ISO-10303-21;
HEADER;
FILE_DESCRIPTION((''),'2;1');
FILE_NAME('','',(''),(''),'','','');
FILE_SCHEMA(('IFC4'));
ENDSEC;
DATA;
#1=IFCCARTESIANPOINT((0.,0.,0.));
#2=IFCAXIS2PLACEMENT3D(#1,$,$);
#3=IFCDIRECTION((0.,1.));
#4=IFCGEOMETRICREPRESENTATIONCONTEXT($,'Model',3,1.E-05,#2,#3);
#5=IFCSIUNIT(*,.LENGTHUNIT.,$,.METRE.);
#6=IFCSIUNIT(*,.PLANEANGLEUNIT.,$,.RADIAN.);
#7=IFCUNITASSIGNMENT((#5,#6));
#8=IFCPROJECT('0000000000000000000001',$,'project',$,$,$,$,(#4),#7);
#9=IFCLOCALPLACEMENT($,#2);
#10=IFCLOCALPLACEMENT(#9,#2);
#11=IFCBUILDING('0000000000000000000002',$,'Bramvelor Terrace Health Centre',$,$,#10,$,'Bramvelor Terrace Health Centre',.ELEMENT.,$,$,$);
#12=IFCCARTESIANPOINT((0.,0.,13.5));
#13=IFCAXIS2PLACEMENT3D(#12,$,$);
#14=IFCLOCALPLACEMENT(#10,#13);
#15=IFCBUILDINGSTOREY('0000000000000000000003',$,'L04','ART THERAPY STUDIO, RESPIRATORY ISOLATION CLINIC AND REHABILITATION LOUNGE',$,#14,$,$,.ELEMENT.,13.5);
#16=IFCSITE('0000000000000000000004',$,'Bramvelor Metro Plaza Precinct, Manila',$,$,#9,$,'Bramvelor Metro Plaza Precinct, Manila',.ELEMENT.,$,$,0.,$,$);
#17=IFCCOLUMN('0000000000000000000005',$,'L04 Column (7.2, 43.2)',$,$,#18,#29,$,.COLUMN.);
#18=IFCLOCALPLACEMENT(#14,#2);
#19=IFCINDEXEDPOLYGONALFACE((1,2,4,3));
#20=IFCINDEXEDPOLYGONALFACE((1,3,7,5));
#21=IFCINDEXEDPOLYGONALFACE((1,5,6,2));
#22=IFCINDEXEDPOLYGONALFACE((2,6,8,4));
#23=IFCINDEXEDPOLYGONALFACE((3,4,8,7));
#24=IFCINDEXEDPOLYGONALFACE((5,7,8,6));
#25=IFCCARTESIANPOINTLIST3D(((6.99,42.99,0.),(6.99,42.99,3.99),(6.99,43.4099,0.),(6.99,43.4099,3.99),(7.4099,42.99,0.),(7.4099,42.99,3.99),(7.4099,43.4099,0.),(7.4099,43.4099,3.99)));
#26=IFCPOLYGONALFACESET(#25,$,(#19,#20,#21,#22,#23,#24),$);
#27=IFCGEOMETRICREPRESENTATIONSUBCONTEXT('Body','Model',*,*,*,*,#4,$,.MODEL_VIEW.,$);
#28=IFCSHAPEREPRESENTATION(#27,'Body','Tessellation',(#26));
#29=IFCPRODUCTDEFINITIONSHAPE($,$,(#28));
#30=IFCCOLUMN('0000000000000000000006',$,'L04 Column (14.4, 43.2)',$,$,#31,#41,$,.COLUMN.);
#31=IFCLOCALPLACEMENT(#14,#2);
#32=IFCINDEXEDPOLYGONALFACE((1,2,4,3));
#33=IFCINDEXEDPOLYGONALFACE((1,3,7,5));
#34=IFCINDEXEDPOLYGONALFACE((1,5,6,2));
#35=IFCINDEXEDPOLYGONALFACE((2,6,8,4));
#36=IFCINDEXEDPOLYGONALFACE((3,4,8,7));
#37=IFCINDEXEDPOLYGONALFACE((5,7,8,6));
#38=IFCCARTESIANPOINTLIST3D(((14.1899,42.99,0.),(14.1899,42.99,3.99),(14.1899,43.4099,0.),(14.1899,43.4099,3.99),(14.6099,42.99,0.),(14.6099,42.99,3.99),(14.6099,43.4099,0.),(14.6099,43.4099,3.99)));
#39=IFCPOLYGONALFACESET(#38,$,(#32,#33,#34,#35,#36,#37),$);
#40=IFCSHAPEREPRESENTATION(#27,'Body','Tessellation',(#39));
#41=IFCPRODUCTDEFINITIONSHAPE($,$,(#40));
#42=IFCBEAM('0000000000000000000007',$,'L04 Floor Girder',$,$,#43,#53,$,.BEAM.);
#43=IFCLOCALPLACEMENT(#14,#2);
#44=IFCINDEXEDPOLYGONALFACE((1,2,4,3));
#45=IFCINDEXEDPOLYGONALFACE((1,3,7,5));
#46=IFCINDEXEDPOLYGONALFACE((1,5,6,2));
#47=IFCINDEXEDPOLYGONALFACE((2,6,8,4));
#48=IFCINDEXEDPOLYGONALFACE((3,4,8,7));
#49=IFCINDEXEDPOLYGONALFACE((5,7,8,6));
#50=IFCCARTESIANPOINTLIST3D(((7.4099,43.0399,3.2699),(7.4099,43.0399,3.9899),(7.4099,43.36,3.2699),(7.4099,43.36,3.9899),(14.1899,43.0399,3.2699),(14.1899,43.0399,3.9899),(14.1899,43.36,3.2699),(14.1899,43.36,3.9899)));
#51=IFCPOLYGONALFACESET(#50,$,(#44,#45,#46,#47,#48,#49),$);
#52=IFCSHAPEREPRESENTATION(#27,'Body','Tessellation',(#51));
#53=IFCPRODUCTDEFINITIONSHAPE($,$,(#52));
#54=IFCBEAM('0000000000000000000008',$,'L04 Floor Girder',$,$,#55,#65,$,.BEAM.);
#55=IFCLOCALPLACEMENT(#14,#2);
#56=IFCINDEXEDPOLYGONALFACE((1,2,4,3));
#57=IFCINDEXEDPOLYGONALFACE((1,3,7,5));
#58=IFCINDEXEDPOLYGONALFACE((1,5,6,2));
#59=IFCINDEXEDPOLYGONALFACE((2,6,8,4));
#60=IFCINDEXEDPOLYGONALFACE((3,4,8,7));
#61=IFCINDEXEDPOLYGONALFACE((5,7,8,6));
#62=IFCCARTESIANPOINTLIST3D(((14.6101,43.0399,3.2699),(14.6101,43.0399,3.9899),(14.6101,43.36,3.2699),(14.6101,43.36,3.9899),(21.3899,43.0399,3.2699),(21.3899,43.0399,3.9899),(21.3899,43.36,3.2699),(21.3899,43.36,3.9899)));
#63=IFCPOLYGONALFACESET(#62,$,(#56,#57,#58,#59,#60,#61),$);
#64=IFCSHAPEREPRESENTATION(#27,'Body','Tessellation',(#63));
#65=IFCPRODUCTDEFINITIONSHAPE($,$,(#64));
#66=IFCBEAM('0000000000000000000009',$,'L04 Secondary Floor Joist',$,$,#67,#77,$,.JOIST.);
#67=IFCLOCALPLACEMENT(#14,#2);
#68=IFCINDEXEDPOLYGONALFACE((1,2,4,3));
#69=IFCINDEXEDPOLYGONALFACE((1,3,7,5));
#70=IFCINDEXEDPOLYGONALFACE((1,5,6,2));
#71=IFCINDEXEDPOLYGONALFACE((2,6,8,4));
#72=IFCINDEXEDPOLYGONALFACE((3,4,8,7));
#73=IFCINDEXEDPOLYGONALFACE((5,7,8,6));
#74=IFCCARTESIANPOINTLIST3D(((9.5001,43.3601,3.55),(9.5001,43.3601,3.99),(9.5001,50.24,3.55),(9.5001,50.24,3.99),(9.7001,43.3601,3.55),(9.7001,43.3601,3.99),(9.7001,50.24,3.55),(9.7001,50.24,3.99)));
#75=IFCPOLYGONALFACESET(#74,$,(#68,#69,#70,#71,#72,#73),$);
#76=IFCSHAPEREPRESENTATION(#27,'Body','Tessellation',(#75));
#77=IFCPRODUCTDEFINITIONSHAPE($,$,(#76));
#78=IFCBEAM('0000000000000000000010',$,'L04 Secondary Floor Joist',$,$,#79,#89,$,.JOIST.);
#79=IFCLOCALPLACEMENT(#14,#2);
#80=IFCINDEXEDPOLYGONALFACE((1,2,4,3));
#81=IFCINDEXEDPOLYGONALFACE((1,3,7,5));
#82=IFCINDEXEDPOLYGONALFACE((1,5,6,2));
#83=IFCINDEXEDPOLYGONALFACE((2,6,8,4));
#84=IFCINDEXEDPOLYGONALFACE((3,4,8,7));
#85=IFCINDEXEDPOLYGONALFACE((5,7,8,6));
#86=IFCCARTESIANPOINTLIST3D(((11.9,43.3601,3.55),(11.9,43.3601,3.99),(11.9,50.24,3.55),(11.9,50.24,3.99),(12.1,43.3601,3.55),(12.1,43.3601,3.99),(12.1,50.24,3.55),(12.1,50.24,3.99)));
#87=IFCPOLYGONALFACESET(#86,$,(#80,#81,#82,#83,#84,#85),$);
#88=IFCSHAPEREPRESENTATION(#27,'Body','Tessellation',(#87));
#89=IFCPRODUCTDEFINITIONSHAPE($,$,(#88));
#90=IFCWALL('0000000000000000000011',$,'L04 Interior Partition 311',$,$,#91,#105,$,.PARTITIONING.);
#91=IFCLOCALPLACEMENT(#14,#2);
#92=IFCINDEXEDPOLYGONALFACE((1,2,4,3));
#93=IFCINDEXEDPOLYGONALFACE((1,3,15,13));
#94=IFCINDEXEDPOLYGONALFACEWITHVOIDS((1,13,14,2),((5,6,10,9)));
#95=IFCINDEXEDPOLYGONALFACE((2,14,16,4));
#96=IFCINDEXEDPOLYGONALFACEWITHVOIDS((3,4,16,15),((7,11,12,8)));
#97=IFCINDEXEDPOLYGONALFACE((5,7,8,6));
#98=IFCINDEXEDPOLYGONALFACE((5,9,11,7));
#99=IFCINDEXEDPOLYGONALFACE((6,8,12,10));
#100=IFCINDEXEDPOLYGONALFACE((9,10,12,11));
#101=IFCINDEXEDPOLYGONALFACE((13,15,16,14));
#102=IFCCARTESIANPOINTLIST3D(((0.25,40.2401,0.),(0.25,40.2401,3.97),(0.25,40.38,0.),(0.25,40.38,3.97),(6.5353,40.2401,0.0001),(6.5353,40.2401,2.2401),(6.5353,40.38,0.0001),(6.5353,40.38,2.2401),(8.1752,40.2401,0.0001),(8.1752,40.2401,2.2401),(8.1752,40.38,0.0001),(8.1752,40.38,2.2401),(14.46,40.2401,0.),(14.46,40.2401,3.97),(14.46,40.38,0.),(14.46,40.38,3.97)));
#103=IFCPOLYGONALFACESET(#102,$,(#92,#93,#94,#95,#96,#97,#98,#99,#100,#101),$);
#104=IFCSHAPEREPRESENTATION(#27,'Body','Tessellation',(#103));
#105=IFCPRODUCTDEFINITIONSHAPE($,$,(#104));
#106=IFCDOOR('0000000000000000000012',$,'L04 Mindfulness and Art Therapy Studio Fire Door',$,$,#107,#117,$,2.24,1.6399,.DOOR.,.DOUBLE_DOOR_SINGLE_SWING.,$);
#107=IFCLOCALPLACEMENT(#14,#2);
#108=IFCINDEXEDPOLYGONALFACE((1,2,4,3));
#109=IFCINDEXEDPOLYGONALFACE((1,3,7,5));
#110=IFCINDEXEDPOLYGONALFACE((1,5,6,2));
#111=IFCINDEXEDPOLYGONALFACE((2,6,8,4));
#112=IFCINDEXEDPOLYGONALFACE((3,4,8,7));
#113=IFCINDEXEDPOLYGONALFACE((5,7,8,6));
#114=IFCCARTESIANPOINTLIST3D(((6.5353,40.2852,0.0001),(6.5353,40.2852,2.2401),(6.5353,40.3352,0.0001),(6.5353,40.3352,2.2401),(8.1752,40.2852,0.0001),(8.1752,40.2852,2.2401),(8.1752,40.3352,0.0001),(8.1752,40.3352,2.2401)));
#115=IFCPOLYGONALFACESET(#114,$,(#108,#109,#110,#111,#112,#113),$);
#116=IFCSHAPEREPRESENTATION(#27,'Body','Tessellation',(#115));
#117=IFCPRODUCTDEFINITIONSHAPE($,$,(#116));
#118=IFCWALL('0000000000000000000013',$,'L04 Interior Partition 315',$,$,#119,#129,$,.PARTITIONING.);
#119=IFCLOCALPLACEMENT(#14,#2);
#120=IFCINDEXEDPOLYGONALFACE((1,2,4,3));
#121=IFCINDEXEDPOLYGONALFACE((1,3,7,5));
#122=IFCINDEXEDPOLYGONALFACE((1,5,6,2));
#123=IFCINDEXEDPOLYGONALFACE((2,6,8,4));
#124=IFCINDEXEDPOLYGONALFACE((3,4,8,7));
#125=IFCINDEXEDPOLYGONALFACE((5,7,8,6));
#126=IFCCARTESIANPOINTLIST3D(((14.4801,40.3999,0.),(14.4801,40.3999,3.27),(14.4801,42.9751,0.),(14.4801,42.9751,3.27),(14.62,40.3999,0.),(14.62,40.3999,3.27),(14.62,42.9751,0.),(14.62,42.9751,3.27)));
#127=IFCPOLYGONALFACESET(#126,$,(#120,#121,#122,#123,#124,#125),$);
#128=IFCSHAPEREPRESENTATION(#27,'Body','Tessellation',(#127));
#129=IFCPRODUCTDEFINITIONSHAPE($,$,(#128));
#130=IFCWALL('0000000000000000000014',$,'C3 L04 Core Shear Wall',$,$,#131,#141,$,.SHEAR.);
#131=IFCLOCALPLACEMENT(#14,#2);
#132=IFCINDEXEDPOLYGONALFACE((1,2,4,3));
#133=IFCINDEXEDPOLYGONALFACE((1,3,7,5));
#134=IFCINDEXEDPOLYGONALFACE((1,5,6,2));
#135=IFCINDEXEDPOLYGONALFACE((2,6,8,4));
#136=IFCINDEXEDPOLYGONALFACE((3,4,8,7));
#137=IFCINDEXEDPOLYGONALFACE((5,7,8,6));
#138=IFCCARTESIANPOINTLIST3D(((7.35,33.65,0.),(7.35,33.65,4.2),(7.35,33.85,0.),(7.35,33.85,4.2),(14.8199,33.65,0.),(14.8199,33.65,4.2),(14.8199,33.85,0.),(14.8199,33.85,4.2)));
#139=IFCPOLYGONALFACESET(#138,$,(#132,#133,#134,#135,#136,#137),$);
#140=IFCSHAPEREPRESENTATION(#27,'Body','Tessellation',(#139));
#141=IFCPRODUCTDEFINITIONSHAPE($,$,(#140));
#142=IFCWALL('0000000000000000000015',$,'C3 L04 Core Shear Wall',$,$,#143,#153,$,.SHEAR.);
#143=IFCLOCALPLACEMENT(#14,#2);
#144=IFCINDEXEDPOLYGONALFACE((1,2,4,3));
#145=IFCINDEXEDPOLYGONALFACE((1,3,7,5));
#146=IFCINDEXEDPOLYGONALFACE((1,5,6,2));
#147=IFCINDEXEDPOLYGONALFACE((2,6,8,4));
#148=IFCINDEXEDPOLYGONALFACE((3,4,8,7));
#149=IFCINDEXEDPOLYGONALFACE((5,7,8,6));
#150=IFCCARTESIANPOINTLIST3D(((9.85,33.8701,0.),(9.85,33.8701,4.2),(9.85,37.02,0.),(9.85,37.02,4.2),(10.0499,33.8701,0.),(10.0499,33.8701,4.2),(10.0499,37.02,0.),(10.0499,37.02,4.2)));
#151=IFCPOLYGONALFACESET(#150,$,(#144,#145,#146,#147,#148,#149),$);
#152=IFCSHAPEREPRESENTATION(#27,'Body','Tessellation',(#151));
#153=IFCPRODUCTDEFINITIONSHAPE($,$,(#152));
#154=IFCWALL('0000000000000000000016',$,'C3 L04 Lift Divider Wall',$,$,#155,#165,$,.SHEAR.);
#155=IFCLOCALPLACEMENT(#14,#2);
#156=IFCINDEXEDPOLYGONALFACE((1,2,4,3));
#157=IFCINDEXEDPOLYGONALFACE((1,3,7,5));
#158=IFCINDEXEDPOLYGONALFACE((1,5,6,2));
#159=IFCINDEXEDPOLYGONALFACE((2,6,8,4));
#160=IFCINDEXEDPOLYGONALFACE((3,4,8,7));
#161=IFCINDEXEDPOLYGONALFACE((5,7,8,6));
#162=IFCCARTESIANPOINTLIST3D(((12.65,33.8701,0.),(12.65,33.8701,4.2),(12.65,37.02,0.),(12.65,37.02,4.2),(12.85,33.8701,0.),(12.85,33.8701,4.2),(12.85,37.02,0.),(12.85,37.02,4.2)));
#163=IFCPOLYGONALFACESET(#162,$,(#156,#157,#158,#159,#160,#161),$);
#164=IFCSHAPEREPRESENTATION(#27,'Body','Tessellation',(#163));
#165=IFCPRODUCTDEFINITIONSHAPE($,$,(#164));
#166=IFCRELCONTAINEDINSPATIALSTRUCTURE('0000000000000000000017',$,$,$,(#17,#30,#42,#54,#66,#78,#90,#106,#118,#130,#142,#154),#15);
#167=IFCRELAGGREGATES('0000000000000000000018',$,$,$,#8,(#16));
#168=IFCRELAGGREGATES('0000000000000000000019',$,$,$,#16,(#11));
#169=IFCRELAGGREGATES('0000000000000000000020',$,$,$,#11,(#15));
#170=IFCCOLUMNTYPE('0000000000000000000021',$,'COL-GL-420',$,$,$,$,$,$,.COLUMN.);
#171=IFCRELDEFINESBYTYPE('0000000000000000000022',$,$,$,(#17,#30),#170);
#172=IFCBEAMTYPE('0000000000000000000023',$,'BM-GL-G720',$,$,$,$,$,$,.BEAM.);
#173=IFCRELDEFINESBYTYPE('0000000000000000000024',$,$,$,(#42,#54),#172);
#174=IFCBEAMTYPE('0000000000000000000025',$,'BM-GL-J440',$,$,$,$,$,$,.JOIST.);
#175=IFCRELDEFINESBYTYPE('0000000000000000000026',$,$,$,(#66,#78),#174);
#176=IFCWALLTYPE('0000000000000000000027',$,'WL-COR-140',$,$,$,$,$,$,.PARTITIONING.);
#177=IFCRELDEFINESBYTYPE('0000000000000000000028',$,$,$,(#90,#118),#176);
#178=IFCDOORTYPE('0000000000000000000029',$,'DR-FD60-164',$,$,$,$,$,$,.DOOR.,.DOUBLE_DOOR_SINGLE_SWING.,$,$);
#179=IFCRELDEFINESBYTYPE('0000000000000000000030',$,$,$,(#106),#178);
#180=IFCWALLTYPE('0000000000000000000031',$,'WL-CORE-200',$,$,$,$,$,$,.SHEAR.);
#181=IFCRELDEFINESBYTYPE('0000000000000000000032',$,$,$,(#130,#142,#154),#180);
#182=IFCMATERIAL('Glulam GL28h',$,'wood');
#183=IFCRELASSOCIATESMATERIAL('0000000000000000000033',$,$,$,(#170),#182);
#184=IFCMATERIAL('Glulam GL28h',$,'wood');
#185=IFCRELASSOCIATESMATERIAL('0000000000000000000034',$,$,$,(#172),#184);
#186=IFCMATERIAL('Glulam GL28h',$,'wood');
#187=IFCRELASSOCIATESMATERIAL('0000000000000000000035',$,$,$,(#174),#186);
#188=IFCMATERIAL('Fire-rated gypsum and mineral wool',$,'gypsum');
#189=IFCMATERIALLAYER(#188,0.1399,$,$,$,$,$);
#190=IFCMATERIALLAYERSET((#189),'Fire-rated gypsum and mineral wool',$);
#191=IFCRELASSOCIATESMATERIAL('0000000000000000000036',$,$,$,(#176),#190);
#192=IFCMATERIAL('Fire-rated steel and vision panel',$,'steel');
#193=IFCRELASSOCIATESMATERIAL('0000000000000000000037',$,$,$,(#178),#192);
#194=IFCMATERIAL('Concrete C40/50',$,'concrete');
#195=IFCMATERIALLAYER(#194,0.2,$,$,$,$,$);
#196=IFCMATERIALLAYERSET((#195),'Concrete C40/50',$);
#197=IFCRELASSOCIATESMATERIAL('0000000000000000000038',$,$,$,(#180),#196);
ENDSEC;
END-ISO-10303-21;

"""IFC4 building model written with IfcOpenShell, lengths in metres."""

from ifc_helpers import new_model, si_unit, direction, frame, frame_2d, origin, origin_2d, place, context, subcontext, project, spatial, rectangle, extrude, material, layer, layer_set, material_profile, profile_set, type_object, element, fill, save


model = new_model("IFC4")

# Units and contexts
model_context = context("Model", 3, precision=1e-05, world=origin(), true_north=direction((0.0, 1.0)))
body_context = subcontext(model_context, "Body", "Model", "MODEL_VIEW")
ifc_project = project(units=[si_unit("LENGTHUNIT", "METRE"), si_unit("PLANEANGLEUNIT", "RADIAN")], contexts=[model_context])

# Site, building, storey
site_placement = place(None, origin())
site = spatial("IfcSite", under=ifc_project, at=site_placement, Name="Bramvelor Metro Plaza Precinct, Manila", LongName="Bramvelor Metro Plaza Precinct, Manila", CompositionType="ELEMENT", RefElevation=0.0)
building_placement = place(site_placement, origin())
building = spatial("IfcBuilding", under=site, at=building_placement, Name="Bramvelor Terrace Health Centre", LongName="Bramvelor Terrace Health Centre", CompositionType="ELEMENT")
storey_placement = place(building_placement, frame((0.0, 0.0, 13.5)))
storey = spatial("IfcBuildingStorey", under=building, at=storey_placement, Name="L04", Description="ART THERAPY STUDIO, RESPIRATORY ISOLATION CLINIC AND REHABILITATION LOUNGE", CompositionType="ELEMENT", Elevation=13.5)

# Columns
ifc_material_1 = material(Name="Glulam GL28h", Category="wood")
ifc_material_profile_1 = material_profile(ifc_material_1, rectangle(XDim=0.4199, YDim=0.4199, at=origin_2d()), Name="GL 420x420")
ifc_profile_set_1 = profile_set([ifc_material_profile_1], Name="Glulam GL28h")
column_type = type_object("IfcColumnType", Name="COL-GL-420", PredefinedType="COLUMN", material=ifc_profile_set_1)
for number, where, z_axis, x_axis, name in (
    (1, (7.2, 43.2, 0.0), (0.0, 0.0, 1.0), (1.0, 0.0, 0.0), "L04 Column (7.2, 43.2)"),
    (2, (14.3999, 43.2, 0.0), (0.0, 0.0, 1.0), (1.0, 0.0, 0.0), "L04 Column (14.4, 43.2)"),
):
    element("IfcColumn", number, at=place(storey_placement, frame(where, z_axis=z_axis, x_axis=x_axis)), inside=storey, type_object=column_type, Name=name, PredefinedType="COLUMN", context=body_context, shape_type="SweptSolid", body=[
        extrude(rectangle(XDim=0.4199, YDim=0.4199, at=origin_2d()), origin(), (0.0, 0.0, 1.0), 3.99),
    ])

# Beams
ifc_material_2 = material(Name="Glulam GL28h", Category="wood")
ifc_material_profile_2 = material_profile(ifc_material_2, rectangle(XDim=0.3201, YDim=0.72, at=origin_2d()), Name="GL 320x720")
ifc_profile_set_2 = profile_set([ifc_material_profile_2], Name="Glulam GL28h")
beam_type_1 = type_object("IfcBeamType", Name="BM-GL-G720", PredefinedType="BEAM", material=ifc_profile_set_2)
beam_1_placement = place(storey_placement, frame((7.4099, 43.2, 3.6299), z_axis=(1.0, 0.0, 0.0), x_axis=(0.0, 1.0, 0.0)))
element("IfcBeam", 3, at=beam_1_placement, inside=storey, type_object=beam_type_1, Name="L04 Floor Girder", PredefinedType="BEAM", context=body_context, shape_type="SweptSolid", body=[
    extrude(rectangle(XDim=0.3201, YDim=0.72, at=origin_2d()), origin(), (0.0, 0.0, 1.0), 6.78),
])
beam_2_placement = place(storey_placement, frame((14.6101, 43.2, 3.6299), z_axis=(1.0, 0.0, 0.0), x_axis=(0.0, 1.0, 0.0)))
element("IfcBeam", 4, at=beam_2_placement, inside=storey, type_object=beam_type_1, Name="L04 Floor Girder", PredefinedType="BEAM", context=body_context, shape_type="SweptSolid", body=[
    extrude(rectangle(XDim=0.3201, YDim=0.72, at=origin_2d()), origin(), (0.0, 0.0, 1.0), 6.7798),
])
ifc_material_3 = material(Name="Glulam GL28h", Category="wood")
ifc_material_profile_3 = material_profile(ifc_material_3, rectangle(XDim=0.2, YDim=0.4399, at=origin_2d()), Name="GL 200x440")
ifc_profile_set_3 = profile_set([ifc_material_profile_3], Name="Glulam GL28h")
beam_type_2 = type_object("IfcBeamType", Name="BM-GL-J440", PredefinedType="JOIST", material=ifc_profile_set_3)
for number, where, z_axis, x_axis, name in (
    (5, (9.6001, 43.3601, 3.77), (0.0, 1.0, 0.0), (-1.0, 0.0, 0.0), "L04 Secondary Floor Joist"),
    (6, (12.0, 43.3601, 3.77), (0.0, 1.0, 0.0), (-1.0, 0.0, 0.0), "L04 Secondary Floor Joist"),
):
    element("IfcBeam", number, at=place(storey_placement, frame(where, z_axis=z_axis, x_axis=x_axis)), inside=storey, type_object=beam_type_2, Name=name, PredefinedType="JOIST", context=body_context, shape_type="SweptSolid", body=[
        extrude(rectangle(XDim=0.2, YDim=0.4399, at=origin_2d()), origin(), (0.0, 0.0, 1.0), 6.8799),
    ])

# Wall, opening, door
ifc_material_4 = material(Name="Fire-rated gypsum and mineral wool", Category="gypsum")
ifc_layer_1 = layer(ifc_material_4, 0.1399)
ifc_layer_set_1 = layer_set([ifc_layer_1], Name="Fire-rated gypsum and mineral wool")
wall_type_1 = type_object("IfcWallType", Name="WL-COR-140", PredefinedType="PARTITIONING", material=ifc_layer_set_1)
wall_1_placement = place(storey_placement, frame((14.46, 40.3101, 0.0), z_axis=(0.0, 0.0, 1.0), x_axis=(-1.0, 0.0, 0.0)))
wall_1 = element("IfcWall", 7, at=wall_1_placement, inside=storey, type_object=wall_type_1, Name="L04 Interior Partition 311", PredefinedType="PARTITIONING", context=body_context, shape_type="SweptSolid", body=[
    extrude(rectangle(XDim=14.21, YDim=0.1399, at=frame_2d((7.105, 0.0))), origin(), (0.0, 0.0, 1.0), 3.97),
])
opening_1_placement = place(wall_1_placement, frame((6.2849, 0.0, 0.0)))
opening_1 = element("IfcOpeningElement", 8, at=opening_1_placement, cuts=wall_1, PredefinedType="OPENING", context=body_context, shape_type="SweptSolid", body=[
    extrude(rectangle(XDim=1.6399, YDim=2.24, at=frame_2d((0.8198, 1.1201))), frame((0.0, 0.0798, 0.0), z_axis=(0.0, -1.0, 0.0), x_axis=(1.0, 0.0, 0.0)), (0.0, 0.0, 1.0), 0.1599),
])
ifc_material_5 = material(Name="Fire-rated steel and vision panel", Category="steel")
door_type_1 = type_object("IfcDoorType", Name="DR-FD60-164", OperationType="DOUBLE_DOOR_SINGLE_SWING", PredefinedType="DOOR", material=ifc_material_5)
door_1_placement = place(opening_1_placement, origin())
door_1 = element("IfcDoor", 9, at=door_1_placement, inside=storey, type_object=door_type_1, Name="L04 Mindfulness and Art Therapy Studio Fire Door", OperationType="DOUBLE_DOOR_SINGLE_SWING", OverallHeight=2.24, OverallWidth=1.6399, PredefinedType="DOOR", context=body_context, shape_type="SweptSolid", body=[
    extrude(rectangle(XDim=1.6399, YDim=2.24, at=frame_2d((0.8198, 1.1201))), frame((0.0, 0.0249, 0.0), z_axis=(0.0, -1.0, 0.0), x_axis=(1.0, 0.0, 0.0)), (0.0, 0.0, 1.0), 0.05),
])
fill(opening_1, door_1)

# Walls
wall_2_placement = place(storey_placement, frame((14.55, 42.9751, 0.0), z_axis=(0.0, 0.0, 1.0), x_axis=(0.0, -1.0, 0.0)))
element("IfcWall", 10, at=wall_2_placement, inside=storey, type_object=wall_type_1, Name="L04 Interior Partition 315", PredefinedType="PARTITIONING", context=body_context, shape_type="SweptSolid", body=[
    extrude(rectangle(XDim=2.5752, YDim=0.1399, at=frame_2d((1.2876, 0.0))), origin(), (0.0, 0.0, 1.0), 3.27),
])
ifc_material_6 = material(Name="Concrete C40/50", Category="concrete")
ifc_layer_2 = layer(ifc_material_6, 0.2)
ifc_layer_set_2 = layer_set([ifc_layer_2], Name="Concrete C40/50")
wall_type_2 = type_object("IfcWallType", Name="WL-CORE-200", PredefinedType="SHEAR", material=ifc_layer_set_2)
wall_3_placement = place(storey_placement, frame((7.3501, 33.75, 0.0), z_axis=(0.0, 0.0, 1.0), x_axis=(1.0, 0.0, 0.0)))
element("IfcWall", 11, at=wall_3_placement, inside=storey, type_object=wall_type_2, Name="C3 L04 Core Shear Wall", PredefinedType="SHEAR", context=body_context, shape_type="SweptSolid", body=[
    extrude(rectangle(XDim=7.47, YDim=0.2, at=frame_2d((3.7349, 0.0))), origin(), (0.0, 0.0, 1.0), 4.2),
])
for number, where, z_axis, x_axis, name in (
    (12, (9.95, 33.8701, 0.0), (0.0, 0.0, 1.0), (0.0, 1.0, 0.0), "C3 L04 Core Shear Wall"),
    (13, (12.75, 33.8701, 0.0), (0.0, 0.0, 1.0), (0.0, 1.0, 0.0), "C3 L04 Lift Divider Wall"),
):
    element("IfcWall", number, at=place(storey_placement, frame(where, z_axis=z_axis, x_axis=x_axis)), inside=storey, type_object=wall_type_2, Name=name, PredefinedType="SHEAR", context=body_context, shape_type="SweptSolid", body=[
        extrude(rectangle(XDim=3.1499, YDim=0.2, at=frame_2d((1.575, 0.0))), origin(), (0.0, 0.0, 1.0), 4.2),
    ])

save(model, "model.ifc")
